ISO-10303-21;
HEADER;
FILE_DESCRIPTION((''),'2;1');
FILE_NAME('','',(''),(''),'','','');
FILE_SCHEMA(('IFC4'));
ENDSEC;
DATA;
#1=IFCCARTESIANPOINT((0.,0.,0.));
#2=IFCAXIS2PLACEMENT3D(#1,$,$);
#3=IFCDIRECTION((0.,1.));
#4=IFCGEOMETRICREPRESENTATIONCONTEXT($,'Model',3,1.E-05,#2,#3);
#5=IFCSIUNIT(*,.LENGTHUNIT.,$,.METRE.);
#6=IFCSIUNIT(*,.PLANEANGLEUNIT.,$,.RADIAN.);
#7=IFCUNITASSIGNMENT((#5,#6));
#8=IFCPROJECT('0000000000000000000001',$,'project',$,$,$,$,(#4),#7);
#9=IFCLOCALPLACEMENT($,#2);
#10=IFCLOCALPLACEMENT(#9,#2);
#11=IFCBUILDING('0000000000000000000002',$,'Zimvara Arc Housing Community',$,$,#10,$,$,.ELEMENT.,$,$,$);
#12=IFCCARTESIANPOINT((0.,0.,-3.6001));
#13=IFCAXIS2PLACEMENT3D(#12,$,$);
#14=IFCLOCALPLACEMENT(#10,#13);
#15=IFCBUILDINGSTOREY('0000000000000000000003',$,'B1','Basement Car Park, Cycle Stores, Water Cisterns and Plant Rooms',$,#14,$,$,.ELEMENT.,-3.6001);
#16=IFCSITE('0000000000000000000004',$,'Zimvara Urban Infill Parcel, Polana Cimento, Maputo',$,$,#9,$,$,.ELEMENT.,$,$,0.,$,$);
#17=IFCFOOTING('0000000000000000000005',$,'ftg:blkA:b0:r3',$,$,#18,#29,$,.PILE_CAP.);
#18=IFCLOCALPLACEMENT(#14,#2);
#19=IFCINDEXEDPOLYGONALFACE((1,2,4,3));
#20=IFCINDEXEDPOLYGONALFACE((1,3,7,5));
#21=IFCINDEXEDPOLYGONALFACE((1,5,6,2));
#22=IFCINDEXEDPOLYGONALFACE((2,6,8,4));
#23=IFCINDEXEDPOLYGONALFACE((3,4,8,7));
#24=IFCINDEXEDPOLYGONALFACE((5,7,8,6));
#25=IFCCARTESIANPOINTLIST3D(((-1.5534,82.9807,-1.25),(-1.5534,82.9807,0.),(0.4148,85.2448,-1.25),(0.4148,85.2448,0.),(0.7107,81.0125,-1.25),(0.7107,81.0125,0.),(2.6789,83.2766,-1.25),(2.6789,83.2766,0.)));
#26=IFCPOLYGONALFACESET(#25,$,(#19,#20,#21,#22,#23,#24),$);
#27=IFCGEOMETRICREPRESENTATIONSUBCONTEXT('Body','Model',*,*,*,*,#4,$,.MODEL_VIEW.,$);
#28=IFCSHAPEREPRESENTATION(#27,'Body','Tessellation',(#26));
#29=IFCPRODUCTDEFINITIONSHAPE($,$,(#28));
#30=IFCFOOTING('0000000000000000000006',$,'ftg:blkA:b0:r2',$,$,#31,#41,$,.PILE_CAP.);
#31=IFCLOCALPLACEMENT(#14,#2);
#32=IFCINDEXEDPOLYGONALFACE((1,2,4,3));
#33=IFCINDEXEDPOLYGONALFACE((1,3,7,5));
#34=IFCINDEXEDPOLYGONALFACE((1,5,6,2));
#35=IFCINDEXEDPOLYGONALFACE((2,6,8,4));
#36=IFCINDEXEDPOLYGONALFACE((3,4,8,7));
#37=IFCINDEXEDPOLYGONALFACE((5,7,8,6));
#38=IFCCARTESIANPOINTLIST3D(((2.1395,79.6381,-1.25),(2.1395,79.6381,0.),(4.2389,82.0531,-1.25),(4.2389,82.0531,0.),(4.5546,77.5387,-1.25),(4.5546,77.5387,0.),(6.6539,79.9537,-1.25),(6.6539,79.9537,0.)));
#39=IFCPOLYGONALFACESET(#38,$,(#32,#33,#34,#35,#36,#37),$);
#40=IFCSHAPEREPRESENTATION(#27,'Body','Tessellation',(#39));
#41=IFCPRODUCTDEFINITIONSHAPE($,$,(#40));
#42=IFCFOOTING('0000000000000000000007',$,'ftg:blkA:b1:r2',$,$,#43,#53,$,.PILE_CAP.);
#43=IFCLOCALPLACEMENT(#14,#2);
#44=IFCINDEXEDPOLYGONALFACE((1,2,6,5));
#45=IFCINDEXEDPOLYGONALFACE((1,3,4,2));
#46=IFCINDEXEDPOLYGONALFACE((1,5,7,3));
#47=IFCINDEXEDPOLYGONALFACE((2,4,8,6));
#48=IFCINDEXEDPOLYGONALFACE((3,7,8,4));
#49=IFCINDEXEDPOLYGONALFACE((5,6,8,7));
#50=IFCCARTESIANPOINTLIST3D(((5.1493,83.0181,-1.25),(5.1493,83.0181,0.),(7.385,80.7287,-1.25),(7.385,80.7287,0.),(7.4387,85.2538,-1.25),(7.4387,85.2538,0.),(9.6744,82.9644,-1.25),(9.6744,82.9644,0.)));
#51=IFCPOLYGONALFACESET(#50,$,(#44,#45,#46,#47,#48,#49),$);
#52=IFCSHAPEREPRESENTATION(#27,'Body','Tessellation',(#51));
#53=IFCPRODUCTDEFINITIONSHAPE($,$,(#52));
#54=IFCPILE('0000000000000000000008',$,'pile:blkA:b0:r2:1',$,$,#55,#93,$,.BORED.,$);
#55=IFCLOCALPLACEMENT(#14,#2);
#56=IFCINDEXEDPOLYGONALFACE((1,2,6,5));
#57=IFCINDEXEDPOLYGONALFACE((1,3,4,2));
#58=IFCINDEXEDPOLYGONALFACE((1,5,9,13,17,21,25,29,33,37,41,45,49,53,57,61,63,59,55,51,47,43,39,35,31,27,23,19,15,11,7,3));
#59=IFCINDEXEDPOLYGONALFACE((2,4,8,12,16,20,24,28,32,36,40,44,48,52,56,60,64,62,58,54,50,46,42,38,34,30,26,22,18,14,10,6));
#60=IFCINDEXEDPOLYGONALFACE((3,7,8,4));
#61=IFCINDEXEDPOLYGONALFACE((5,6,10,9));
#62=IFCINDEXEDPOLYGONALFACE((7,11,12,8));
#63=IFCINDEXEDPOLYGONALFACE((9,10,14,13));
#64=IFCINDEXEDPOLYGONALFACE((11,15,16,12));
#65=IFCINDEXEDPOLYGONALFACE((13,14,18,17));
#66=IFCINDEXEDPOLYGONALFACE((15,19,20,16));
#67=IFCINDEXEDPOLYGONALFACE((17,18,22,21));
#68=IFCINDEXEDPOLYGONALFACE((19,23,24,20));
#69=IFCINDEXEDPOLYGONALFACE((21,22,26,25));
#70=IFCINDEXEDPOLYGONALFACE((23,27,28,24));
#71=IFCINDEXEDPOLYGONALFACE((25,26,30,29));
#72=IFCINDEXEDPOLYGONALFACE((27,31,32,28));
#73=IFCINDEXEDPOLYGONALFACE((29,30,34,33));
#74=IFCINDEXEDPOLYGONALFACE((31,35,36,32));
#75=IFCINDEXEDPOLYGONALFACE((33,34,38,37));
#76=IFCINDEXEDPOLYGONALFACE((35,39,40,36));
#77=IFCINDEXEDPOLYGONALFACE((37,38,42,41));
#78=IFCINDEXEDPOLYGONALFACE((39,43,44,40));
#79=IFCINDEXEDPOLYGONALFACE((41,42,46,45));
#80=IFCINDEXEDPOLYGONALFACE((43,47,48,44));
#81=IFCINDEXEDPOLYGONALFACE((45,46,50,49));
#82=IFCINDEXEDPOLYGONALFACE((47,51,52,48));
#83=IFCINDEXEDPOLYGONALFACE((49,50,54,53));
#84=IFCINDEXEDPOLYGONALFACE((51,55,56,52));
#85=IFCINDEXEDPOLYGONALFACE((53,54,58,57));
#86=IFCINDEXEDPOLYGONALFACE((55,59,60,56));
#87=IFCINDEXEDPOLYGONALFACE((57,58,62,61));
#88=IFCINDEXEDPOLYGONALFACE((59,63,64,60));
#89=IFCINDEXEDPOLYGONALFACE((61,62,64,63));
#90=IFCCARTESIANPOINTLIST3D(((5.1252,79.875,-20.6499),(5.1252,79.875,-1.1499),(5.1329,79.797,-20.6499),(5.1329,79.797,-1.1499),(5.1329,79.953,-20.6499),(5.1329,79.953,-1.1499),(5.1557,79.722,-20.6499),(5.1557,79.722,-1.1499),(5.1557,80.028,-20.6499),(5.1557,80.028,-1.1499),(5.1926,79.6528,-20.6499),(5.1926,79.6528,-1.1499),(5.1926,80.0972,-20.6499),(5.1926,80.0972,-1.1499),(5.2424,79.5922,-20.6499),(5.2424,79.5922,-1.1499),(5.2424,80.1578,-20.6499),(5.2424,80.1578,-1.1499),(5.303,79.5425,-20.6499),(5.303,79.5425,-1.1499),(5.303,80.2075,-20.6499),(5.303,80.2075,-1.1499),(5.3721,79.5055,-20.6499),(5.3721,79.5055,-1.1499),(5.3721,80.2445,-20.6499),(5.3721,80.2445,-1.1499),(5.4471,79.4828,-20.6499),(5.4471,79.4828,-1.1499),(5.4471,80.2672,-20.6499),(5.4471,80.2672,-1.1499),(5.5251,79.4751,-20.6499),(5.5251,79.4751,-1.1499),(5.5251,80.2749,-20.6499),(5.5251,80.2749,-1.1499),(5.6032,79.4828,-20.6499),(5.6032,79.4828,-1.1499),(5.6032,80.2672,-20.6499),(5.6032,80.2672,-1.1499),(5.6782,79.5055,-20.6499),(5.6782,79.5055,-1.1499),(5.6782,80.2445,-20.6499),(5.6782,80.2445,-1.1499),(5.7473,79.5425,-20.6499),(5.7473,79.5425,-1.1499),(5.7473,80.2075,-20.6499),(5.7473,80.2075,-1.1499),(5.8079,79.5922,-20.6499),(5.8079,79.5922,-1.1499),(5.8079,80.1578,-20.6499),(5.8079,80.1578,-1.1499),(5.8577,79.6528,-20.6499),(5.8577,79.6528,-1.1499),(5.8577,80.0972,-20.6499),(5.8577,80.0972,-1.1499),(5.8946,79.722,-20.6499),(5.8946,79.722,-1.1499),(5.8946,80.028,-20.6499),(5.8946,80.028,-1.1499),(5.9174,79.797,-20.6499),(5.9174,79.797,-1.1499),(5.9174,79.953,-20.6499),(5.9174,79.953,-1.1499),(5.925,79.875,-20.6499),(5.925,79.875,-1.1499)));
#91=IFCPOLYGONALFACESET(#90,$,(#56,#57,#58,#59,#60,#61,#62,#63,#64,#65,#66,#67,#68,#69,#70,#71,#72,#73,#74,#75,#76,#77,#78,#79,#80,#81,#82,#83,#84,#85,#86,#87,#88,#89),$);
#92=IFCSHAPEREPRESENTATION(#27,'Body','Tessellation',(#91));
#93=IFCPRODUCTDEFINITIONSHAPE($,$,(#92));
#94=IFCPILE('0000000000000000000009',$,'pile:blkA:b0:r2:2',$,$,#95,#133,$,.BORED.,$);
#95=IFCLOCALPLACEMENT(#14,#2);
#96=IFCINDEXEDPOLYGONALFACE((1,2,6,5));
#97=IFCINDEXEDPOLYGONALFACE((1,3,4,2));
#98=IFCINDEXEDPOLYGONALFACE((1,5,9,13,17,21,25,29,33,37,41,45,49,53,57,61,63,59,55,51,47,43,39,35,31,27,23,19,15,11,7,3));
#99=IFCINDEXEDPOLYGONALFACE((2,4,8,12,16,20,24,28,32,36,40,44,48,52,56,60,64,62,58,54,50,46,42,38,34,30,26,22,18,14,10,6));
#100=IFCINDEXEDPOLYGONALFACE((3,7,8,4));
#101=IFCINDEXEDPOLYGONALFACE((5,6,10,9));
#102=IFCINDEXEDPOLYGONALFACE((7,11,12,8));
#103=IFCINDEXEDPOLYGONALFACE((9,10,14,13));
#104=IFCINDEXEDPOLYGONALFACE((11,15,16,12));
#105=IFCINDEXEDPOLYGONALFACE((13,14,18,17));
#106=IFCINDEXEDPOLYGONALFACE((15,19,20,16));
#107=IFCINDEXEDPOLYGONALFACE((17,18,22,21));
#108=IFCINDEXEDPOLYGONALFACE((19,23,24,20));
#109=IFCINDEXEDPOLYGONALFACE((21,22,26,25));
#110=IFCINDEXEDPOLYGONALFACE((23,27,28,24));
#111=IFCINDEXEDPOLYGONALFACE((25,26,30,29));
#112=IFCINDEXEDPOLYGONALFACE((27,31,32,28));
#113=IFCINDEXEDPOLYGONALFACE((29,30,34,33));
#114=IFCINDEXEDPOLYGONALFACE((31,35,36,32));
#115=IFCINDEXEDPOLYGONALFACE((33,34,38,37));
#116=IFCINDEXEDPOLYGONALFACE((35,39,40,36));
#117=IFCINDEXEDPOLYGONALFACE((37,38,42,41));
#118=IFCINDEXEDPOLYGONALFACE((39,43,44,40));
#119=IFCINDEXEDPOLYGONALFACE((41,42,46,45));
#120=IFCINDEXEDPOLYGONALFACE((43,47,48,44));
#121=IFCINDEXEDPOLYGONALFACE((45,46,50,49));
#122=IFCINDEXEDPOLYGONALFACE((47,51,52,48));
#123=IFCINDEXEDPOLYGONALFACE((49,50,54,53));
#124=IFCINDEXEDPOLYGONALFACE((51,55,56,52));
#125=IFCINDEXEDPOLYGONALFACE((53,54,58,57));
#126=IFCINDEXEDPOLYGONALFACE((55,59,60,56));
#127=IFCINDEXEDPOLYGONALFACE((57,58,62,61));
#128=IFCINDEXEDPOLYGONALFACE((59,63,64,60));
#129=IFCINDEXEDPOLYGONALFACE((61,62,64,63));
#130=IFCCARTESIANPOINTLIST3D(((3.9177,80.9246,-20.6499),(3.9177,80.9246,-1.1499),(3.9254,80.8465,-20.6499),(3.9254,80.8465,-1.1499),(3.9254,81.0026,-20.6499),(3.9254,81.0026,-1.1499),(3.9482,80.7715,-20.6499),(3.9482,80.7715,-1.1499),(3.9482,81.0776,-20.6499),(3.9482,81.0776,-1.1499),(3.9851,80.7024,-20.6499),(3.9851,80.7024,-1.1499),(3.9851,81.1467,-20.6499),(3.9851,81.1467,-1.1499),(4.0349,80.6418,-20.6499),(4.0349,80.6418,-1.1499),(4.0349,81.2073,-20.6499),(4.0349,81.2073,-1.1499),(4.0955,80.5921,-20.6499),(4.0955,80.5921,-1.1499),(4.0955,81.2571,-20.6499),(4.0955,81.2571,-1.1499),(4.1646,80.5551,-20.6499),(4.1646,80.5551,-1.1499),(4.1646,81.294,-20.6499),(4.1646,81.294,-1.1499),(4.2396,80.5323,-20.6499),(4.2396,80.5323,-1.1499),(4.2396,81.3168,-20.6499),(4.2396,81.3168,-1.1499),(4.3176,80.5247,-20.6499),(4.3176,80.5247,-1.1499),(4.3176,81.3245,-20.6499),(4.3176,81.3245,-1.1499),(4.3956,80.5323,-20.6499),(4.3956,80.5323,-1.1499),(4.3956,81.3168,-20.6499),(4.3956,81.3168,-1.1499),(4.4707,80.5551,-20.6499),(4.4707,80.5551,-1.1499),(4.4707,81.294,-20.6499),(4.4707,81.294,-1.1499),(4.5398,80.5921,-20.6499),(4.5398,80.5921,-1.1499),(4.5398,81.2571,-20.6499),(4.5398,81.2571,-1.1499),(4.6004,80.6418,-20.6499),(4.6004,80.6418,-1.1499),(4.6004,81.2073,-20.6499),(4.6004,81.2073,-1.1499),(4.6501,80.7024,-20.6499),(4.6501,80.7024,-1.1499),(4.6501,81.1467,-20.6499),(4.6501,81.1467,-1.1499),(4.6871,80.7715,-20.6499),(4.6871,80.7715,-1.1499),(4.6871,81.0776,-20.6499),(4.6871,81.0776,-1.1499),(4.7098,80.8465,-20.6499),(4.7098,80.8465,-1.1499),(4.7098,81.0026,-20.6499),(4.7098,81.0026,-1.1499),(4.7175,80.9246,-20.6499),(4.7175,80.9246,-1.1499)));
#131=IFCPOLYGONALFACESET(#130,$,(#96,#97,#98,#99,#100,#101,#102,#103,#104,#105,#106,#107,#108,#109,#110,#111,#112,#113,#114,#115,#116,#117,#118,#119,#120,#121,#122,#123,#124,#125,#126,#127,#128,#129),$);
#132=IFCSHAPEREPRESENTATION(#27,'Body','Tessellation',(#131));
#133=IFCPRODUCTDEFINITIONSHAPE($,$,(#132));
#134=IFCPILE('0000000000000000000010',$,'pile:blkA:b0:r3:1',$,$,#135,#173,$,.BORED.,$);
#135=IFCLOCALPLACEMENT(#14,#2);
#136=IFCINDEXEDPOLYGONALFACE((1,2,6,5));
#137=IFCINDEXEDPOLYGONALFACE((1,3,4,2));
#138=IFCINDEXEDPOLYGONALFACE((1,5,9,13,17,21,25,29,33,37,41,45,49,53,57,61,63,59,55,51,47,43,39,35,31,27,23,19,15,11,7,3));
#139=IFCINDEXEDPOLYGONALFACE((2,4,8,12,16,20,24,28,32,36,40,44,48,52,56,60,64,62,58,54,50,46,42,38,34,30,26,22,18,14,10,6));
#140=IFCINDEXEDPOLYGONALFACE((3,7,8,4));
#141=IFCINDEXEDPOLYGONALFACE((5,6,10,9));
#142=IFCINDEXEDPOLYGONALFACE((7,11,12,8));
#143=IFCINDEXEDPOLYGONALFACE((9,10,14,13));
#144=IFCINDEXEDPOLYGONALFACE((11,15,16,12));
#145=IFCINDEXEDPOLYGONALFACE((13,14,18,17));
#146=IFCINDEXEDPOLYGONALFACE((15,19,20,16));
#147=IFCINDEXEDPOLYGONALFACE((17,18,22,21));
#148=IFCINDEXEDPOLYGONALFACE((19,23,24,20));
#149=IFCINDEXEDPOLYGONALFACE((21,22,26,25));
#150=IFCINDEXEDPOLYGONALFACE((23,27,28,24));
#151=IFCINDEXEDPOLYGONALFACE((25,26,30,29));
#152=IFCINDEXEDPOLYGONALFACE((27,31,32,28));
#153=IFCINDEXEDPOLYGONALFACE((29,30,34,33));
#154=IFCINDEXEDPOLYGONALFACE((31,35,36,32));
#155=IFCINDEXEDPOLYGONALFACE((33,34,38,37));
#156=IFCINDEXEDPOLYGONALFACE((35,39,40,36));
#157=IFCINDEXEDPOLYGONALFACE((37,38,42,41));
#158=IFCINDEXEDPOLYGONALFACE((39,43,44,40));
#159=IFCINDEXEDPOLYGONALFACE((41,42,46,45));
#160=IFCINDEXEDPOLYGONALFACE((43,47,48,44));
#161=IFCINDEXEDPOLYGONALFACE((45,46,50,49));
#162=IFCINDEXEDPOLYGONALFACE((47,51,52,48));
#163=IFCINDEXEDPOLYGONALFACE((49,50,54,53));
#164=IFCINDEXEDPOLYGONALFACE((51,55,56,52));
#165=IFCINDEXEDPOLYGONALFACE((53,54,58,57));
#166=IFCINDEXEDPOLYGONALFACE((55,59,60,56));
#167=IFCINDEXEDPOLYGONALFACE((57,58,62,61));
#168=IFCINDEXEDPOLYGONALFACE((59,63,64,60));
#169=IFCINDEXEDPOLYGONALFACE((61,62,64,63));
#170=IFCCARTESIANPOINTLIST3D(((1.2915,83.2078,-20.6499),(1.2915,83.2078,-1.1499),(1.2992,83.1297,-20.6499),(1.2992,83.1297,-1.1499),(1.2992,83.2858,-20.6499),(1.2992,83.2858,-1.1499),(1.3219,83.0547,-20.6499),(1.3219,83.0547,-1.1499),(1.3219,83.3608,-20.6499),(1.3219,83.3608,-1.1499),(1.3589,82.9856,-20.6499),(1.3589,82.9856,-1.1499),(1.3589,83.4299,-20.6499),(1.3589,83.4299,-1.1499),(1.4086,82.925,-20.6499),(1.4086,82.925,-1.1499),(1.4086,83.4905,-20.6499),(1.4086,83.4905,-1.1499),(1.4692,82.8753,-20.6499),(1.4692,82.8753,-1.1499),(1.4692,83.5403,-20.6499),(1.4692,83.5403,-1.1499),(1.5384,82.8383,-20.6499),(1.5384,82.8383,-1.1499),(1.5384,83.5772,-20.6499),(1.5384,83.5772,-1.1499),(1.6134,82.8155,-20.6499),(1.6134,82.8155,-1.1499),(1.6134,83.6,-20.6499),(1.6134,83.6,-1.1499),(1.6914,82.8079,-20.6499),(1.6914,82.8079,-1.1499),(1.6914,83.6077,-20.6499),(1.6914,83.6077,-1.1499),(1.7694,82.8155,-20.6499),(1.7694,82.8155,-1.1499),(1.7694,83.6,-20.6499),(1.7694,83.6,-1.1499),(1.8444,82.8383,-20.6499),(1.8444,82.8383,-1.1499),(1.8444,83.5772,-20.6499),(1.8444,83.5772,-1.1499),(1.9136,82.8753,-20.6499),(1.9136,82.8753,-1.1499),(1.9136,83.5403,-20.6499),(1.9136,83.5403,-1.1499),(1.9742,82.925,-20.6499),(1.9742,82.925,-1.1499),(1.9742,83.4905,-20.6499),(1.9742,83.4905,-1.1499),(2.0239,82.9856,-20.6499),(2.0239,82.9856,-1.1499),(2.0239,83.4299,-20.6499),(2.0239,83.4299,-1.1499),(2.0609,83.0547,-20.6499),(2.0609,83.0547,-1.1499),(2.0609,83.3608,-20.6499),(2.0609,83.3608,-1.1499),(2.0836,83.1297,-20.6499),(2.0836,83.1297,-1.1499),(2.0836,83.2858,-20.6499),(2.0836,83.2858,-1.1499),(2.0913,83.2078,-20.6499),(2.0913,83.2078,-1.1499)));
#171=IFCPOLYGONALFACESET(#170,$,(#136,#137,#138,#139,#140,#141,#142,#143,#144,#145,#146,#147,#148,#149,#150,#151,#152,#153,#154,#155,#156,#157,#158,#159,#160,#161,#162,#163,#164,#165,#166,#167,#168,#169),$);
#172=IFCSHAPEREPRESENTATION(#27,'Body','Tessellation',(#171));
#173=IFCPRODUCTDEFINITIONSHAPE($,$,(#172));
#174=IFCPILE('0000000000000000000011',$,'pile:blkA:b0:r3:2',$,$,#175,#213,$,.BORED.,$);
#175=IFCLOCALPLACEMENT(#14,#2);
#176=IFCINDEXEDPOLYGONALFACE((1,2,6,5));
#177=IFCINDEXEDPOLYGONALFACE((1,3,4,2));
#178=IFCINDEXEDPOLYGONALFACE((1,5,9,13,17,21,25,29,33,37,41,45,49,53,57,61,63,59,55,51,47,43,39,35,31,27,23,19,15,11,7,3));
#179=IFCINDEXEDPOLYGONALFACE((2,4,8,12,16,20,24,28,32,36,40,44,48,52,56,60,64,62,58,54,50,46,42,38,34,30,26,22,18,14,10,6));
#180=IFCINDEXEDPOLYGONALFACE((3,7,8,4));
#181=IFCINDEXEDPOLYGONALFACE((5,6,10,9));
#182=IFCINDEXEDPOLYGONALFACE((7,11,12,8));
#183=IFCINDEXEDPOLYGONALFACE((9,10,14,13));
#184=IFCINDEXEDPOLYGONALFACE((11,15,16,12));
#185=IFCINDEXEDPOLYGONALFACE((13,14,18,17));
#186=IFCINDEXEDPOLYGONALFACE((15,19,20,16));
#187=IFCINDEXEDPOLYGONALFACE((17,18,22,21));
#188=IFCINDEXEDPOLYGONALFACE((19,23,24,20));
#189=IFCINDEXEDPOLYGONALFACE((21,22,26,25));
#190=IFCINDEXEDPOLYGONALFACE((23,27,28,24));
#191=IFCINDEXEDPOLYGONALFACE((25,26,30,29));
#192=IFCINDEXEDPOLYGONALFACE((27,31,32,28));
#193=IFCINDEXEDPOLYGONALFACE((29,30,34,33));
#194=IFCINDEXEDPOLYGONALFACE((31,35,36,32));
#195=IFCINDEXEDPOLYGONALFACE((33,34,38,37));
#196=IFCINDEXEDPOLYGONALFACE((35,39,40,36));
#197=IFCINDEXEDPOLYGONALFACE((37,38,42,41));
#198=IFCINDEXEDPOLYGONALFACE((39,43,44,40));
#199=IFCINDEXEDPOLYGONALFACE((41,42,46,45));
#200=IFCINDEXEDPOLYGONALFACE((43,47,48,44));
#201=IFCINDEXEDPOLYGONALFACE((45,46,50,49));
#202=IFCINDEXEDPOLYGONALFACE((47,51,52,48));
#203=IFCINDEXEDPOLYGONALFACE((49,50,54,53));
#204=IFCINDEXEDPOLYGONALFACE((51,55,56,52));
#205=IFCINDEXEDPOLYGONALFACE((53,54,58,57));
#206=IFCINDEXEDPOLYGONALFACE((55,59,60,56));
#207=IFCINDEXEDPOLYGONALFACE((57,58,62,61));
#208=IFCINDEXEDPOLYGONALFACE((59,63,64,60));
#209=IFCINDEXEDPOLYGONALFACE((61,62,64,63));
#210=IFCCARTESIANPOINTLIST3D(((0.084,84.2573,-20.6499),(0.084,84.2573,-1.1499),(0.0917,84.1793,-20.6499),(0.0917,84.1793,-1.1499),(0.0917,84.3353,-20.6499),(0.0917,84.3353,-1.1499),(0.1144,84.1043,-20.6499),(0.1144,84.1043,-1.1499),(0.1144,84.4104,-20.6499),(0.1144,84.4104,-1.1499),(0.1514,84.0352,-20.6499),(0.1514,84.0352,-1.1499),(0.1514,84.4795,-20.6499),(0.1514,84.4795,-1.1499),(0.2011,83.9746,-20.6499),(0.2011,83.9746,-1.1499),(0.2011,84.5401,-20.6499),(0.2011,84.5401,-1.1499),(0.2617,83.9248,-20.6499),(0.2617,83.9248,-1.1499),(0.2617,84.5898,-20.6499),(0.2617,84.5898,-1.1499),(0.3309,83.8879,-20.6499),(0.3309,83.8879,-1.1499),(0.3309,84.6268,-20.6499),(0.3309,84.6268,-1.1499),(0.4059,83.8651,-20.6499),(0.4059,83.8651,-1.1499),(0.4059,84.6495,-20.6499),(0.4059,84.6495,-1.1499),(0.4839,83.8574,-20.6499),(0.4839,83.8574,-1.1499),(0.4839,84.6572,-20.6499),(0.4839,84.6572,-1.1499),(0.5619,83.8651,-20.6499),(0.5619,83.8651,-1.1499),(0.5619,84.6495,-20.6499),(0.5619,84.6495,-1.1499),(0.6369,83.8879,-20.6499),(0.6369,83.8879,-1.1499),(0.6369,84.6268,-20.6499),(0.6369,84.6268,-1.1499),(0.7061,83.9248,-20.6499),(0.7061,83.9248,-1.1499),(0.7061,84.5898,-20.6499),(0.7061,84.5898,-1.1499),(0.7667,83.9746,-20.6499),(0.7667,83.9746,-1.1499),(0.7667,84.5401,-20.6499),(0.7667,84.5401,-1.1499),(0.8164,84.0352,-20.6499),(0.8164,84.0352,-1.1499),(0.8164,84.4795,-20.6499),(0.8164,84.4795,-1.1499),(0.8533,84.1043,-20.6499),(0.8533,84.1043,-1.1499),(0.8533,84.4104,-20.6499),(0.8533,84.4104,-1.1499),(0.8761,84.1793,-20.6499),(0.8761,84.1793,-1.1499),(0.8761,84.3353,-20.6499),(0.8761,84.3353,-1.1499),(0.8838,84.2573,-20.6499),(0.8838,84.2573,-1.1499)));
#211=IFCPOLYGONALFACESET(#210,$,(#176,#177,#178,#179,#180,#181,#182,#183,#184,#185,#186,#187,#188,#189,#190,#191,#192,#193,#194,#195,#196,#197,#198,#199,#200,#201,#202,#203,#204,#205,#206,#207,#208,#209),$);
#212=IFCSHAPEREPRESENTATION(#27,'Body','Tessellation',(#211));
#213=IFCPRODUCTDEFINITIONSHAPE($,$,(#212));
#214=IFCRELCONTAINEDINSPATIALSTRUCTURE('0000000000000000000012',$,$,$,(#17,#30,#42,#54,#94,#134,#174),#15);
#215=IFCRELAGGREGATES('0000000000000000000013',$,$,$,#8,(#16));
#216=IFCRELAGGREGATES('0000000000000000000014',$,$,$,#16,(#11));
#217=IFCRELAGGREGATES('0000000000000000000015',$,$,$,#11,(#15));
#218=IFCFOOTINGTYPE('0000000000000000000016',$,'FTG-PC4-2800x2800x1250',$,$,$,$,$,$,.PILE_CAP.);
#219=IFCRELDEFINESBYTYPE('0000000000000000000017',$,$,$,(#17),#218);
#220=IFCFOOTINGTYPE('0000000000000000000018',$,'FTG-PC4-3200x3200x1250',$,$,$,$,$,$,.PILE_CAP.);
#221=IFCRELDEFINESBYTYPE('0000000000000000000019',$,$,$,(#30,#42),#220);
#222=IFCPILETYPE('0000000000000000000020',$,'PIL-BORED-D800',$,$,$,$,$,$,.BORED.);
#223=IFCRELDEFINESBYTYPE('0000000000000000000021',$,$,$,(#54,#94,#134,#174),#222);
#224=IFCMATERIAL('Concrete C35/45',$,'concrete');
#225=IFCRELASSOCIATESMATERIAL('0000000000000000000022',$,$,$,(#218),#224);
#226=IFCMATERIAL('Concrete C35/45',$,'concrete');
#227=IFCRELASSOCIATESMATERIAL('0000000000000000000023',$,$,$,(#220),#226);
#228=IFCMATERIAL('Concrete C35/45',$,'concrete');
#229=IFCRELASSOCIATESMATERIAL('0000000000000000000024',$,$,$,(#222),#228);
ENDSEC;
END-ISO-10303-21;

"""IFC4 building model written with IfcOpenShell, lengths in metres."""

from ifc_helpers import new_model, si_unit, direction, frame, origin, origin_2d, place, context, subcontext, project, spatial, rectangle, circle, extrude, material, material_profile, profile_set, type_object, element, save


model = new_model("IFC4")

# Units and contexts
model_context = context("Model", 3, precision=1e-05, world=origin(), true_north=direction((0.0, 1.0)))
body_context = subcontext(model_context, "Body", "Model", "MODEL_VIEW")
ifc_project = project(units=[si_unit("LENGTHUNIT", "METRE"), si_unit("PLANEANGLEUNIT", "RADIAN")], contexts=[model_context])

# Site, building, storey
site_placement = place(None, origin())
site = spatial("IfcSite", under=ifc_project, at=site_placement, Name="Zimvara Urban Infill Parcel, Polana Cimento, Maputo", CompositionType="ELEMENT", RefElevation=0.0)
building_placement = place(site_placement, origin())
building = spatial("IfcBuilding", under=site, at=building_placement, Name="Zimvara Arc Housing Community", CompositionType="ELEMENT")
storey_placement = place(building_placement, frame((0.0, 0.0, -3.6001)))
storey = spatial("IfcBuildingStorey", under=building, at=storey_placement, Name="B1", Description="Basement Car Park, Cycle Stores, Water Cisterns and Plant Rooms", CompositionType="ELEMENT", Elevation=-3.6001)

# Footings
ifc_material_1 = material(Name="Concrete C35/45", Category="concrete")
footing_type_1 = type_object("IfcFootingType", Name="FTG-PC4-2800x2800x1250", PredefinedType="PILE_CAP", material=ifc_material_1)
footing_placement = place(storey_placement, frame((0.5627, 83.1287, -1.25), z_axis=(0.0, 0.0, 1.0), x_axis=(-0.75471, 0.656059, 0.0)))
element("IfcFooting", 1, at=footing_placement, inside=storey, type_object=footing_type_1, Name="ftg:blkA:b0:r3", PredefinedType="PILE_CAP", context=body_context, shape_type="SweptSolid", body=[
    extrude(rectangle(XDim=3.0, YDim=3.0, at=origin_2d()), origin(), (0.0, 0.0, 1.0), 1.25),
])
ifc_material_2 = material(Name="Concrete C35/45", Category="concrete")
footing_type_2 = type_object("IfcFootingType", Name="FTG-PC4-3200x3200x1250", PredefinedType="PILE_CAP", material=ifc_material_2)
for number, where, z_axis, x_axis, name in (
    (2, (4.3967, 79.7959, -1.25), (0.0, 0.0, 1.0), (-0.75471, 0.656059, 0.0), "ftg:blkA:b0:r2"),
    (3, (7.4119, 82.9912, -1.25), (0.0, 0.0, 1.0), (-0.698665, 0.715449, 0.0), "ftg:blkA:b1:r2"),
):
    element("IfcFooting", number, at=place(storey_placement, frame(where, z_axis=z_axis, x_axis=x_axis)), inside=storey, type_object=footing_type_2, Name=name, PredefinedType="PILE_CAP", context=body_context, shape_type="SweptSolid", body=[
        extrude(rectangle(XDim=3.2, YDim=3.2, at=origin_2d()), origin(), (0.0, 0.0, 1.0), 1.25),
    ])

# Piles
ifc_material_3 = material(Name="Concrete C35/45", Category="concrete")
ifc_material_profile_1 = material_profile(ifc_material_3, circle(Radius=0.3999, at=origin_2d()), Name="PILE D800")
ifc_profile_set_1 = profile_set([ifc_material_profile_1], Name="Concrete C35/45")
pile_type = type_object("IfcPileType", Name="PIL-BORED-D800", PredefinedType="BORED", material=ifc_profile_set_1)
for number, where, z_axis, x_axis, name in (
    (4, (5.5251, 79.875, -1.1499), (0.0, 0.0, -1.0), (1.0, 0.0, 0.0), "pile:blkA:b0:r2:1"),
    (5, (4.3176, 80.9246, -1.1499), (0.0, 0.0, -1.0), (1.0, 0.0, 0.0), "pile:blkA:b0:r2:2"),
    (6, (1.6914, 83.2078, -1.1499), (0.0, 0.0, -1.0), (1.0, 0.0, 0.0), "pile:blkA:b0:r3:1"),
    (7, (0.4839, 84.2573, -1.1499), (0.0, 0.0, -1.0), (1.0, 0.0, 0.0), "pile:blkA:b0:r3:2"),
):
    element("IfcPile", number, at=place(storey_placement, frame(where, z_axis=z_axis, x_axis=x_axis)), inside=storey, type_object=pile_type, Name=name, PredefinedType="BORED", context=body_context, shape_type="SweptSolid", body=[
        extrude(circle(Radius=0.3999, at=origin_2d()), origin(), (0.0, 0.0, 1.0), 19.5),
    ])

save(model, "model.ifc")
